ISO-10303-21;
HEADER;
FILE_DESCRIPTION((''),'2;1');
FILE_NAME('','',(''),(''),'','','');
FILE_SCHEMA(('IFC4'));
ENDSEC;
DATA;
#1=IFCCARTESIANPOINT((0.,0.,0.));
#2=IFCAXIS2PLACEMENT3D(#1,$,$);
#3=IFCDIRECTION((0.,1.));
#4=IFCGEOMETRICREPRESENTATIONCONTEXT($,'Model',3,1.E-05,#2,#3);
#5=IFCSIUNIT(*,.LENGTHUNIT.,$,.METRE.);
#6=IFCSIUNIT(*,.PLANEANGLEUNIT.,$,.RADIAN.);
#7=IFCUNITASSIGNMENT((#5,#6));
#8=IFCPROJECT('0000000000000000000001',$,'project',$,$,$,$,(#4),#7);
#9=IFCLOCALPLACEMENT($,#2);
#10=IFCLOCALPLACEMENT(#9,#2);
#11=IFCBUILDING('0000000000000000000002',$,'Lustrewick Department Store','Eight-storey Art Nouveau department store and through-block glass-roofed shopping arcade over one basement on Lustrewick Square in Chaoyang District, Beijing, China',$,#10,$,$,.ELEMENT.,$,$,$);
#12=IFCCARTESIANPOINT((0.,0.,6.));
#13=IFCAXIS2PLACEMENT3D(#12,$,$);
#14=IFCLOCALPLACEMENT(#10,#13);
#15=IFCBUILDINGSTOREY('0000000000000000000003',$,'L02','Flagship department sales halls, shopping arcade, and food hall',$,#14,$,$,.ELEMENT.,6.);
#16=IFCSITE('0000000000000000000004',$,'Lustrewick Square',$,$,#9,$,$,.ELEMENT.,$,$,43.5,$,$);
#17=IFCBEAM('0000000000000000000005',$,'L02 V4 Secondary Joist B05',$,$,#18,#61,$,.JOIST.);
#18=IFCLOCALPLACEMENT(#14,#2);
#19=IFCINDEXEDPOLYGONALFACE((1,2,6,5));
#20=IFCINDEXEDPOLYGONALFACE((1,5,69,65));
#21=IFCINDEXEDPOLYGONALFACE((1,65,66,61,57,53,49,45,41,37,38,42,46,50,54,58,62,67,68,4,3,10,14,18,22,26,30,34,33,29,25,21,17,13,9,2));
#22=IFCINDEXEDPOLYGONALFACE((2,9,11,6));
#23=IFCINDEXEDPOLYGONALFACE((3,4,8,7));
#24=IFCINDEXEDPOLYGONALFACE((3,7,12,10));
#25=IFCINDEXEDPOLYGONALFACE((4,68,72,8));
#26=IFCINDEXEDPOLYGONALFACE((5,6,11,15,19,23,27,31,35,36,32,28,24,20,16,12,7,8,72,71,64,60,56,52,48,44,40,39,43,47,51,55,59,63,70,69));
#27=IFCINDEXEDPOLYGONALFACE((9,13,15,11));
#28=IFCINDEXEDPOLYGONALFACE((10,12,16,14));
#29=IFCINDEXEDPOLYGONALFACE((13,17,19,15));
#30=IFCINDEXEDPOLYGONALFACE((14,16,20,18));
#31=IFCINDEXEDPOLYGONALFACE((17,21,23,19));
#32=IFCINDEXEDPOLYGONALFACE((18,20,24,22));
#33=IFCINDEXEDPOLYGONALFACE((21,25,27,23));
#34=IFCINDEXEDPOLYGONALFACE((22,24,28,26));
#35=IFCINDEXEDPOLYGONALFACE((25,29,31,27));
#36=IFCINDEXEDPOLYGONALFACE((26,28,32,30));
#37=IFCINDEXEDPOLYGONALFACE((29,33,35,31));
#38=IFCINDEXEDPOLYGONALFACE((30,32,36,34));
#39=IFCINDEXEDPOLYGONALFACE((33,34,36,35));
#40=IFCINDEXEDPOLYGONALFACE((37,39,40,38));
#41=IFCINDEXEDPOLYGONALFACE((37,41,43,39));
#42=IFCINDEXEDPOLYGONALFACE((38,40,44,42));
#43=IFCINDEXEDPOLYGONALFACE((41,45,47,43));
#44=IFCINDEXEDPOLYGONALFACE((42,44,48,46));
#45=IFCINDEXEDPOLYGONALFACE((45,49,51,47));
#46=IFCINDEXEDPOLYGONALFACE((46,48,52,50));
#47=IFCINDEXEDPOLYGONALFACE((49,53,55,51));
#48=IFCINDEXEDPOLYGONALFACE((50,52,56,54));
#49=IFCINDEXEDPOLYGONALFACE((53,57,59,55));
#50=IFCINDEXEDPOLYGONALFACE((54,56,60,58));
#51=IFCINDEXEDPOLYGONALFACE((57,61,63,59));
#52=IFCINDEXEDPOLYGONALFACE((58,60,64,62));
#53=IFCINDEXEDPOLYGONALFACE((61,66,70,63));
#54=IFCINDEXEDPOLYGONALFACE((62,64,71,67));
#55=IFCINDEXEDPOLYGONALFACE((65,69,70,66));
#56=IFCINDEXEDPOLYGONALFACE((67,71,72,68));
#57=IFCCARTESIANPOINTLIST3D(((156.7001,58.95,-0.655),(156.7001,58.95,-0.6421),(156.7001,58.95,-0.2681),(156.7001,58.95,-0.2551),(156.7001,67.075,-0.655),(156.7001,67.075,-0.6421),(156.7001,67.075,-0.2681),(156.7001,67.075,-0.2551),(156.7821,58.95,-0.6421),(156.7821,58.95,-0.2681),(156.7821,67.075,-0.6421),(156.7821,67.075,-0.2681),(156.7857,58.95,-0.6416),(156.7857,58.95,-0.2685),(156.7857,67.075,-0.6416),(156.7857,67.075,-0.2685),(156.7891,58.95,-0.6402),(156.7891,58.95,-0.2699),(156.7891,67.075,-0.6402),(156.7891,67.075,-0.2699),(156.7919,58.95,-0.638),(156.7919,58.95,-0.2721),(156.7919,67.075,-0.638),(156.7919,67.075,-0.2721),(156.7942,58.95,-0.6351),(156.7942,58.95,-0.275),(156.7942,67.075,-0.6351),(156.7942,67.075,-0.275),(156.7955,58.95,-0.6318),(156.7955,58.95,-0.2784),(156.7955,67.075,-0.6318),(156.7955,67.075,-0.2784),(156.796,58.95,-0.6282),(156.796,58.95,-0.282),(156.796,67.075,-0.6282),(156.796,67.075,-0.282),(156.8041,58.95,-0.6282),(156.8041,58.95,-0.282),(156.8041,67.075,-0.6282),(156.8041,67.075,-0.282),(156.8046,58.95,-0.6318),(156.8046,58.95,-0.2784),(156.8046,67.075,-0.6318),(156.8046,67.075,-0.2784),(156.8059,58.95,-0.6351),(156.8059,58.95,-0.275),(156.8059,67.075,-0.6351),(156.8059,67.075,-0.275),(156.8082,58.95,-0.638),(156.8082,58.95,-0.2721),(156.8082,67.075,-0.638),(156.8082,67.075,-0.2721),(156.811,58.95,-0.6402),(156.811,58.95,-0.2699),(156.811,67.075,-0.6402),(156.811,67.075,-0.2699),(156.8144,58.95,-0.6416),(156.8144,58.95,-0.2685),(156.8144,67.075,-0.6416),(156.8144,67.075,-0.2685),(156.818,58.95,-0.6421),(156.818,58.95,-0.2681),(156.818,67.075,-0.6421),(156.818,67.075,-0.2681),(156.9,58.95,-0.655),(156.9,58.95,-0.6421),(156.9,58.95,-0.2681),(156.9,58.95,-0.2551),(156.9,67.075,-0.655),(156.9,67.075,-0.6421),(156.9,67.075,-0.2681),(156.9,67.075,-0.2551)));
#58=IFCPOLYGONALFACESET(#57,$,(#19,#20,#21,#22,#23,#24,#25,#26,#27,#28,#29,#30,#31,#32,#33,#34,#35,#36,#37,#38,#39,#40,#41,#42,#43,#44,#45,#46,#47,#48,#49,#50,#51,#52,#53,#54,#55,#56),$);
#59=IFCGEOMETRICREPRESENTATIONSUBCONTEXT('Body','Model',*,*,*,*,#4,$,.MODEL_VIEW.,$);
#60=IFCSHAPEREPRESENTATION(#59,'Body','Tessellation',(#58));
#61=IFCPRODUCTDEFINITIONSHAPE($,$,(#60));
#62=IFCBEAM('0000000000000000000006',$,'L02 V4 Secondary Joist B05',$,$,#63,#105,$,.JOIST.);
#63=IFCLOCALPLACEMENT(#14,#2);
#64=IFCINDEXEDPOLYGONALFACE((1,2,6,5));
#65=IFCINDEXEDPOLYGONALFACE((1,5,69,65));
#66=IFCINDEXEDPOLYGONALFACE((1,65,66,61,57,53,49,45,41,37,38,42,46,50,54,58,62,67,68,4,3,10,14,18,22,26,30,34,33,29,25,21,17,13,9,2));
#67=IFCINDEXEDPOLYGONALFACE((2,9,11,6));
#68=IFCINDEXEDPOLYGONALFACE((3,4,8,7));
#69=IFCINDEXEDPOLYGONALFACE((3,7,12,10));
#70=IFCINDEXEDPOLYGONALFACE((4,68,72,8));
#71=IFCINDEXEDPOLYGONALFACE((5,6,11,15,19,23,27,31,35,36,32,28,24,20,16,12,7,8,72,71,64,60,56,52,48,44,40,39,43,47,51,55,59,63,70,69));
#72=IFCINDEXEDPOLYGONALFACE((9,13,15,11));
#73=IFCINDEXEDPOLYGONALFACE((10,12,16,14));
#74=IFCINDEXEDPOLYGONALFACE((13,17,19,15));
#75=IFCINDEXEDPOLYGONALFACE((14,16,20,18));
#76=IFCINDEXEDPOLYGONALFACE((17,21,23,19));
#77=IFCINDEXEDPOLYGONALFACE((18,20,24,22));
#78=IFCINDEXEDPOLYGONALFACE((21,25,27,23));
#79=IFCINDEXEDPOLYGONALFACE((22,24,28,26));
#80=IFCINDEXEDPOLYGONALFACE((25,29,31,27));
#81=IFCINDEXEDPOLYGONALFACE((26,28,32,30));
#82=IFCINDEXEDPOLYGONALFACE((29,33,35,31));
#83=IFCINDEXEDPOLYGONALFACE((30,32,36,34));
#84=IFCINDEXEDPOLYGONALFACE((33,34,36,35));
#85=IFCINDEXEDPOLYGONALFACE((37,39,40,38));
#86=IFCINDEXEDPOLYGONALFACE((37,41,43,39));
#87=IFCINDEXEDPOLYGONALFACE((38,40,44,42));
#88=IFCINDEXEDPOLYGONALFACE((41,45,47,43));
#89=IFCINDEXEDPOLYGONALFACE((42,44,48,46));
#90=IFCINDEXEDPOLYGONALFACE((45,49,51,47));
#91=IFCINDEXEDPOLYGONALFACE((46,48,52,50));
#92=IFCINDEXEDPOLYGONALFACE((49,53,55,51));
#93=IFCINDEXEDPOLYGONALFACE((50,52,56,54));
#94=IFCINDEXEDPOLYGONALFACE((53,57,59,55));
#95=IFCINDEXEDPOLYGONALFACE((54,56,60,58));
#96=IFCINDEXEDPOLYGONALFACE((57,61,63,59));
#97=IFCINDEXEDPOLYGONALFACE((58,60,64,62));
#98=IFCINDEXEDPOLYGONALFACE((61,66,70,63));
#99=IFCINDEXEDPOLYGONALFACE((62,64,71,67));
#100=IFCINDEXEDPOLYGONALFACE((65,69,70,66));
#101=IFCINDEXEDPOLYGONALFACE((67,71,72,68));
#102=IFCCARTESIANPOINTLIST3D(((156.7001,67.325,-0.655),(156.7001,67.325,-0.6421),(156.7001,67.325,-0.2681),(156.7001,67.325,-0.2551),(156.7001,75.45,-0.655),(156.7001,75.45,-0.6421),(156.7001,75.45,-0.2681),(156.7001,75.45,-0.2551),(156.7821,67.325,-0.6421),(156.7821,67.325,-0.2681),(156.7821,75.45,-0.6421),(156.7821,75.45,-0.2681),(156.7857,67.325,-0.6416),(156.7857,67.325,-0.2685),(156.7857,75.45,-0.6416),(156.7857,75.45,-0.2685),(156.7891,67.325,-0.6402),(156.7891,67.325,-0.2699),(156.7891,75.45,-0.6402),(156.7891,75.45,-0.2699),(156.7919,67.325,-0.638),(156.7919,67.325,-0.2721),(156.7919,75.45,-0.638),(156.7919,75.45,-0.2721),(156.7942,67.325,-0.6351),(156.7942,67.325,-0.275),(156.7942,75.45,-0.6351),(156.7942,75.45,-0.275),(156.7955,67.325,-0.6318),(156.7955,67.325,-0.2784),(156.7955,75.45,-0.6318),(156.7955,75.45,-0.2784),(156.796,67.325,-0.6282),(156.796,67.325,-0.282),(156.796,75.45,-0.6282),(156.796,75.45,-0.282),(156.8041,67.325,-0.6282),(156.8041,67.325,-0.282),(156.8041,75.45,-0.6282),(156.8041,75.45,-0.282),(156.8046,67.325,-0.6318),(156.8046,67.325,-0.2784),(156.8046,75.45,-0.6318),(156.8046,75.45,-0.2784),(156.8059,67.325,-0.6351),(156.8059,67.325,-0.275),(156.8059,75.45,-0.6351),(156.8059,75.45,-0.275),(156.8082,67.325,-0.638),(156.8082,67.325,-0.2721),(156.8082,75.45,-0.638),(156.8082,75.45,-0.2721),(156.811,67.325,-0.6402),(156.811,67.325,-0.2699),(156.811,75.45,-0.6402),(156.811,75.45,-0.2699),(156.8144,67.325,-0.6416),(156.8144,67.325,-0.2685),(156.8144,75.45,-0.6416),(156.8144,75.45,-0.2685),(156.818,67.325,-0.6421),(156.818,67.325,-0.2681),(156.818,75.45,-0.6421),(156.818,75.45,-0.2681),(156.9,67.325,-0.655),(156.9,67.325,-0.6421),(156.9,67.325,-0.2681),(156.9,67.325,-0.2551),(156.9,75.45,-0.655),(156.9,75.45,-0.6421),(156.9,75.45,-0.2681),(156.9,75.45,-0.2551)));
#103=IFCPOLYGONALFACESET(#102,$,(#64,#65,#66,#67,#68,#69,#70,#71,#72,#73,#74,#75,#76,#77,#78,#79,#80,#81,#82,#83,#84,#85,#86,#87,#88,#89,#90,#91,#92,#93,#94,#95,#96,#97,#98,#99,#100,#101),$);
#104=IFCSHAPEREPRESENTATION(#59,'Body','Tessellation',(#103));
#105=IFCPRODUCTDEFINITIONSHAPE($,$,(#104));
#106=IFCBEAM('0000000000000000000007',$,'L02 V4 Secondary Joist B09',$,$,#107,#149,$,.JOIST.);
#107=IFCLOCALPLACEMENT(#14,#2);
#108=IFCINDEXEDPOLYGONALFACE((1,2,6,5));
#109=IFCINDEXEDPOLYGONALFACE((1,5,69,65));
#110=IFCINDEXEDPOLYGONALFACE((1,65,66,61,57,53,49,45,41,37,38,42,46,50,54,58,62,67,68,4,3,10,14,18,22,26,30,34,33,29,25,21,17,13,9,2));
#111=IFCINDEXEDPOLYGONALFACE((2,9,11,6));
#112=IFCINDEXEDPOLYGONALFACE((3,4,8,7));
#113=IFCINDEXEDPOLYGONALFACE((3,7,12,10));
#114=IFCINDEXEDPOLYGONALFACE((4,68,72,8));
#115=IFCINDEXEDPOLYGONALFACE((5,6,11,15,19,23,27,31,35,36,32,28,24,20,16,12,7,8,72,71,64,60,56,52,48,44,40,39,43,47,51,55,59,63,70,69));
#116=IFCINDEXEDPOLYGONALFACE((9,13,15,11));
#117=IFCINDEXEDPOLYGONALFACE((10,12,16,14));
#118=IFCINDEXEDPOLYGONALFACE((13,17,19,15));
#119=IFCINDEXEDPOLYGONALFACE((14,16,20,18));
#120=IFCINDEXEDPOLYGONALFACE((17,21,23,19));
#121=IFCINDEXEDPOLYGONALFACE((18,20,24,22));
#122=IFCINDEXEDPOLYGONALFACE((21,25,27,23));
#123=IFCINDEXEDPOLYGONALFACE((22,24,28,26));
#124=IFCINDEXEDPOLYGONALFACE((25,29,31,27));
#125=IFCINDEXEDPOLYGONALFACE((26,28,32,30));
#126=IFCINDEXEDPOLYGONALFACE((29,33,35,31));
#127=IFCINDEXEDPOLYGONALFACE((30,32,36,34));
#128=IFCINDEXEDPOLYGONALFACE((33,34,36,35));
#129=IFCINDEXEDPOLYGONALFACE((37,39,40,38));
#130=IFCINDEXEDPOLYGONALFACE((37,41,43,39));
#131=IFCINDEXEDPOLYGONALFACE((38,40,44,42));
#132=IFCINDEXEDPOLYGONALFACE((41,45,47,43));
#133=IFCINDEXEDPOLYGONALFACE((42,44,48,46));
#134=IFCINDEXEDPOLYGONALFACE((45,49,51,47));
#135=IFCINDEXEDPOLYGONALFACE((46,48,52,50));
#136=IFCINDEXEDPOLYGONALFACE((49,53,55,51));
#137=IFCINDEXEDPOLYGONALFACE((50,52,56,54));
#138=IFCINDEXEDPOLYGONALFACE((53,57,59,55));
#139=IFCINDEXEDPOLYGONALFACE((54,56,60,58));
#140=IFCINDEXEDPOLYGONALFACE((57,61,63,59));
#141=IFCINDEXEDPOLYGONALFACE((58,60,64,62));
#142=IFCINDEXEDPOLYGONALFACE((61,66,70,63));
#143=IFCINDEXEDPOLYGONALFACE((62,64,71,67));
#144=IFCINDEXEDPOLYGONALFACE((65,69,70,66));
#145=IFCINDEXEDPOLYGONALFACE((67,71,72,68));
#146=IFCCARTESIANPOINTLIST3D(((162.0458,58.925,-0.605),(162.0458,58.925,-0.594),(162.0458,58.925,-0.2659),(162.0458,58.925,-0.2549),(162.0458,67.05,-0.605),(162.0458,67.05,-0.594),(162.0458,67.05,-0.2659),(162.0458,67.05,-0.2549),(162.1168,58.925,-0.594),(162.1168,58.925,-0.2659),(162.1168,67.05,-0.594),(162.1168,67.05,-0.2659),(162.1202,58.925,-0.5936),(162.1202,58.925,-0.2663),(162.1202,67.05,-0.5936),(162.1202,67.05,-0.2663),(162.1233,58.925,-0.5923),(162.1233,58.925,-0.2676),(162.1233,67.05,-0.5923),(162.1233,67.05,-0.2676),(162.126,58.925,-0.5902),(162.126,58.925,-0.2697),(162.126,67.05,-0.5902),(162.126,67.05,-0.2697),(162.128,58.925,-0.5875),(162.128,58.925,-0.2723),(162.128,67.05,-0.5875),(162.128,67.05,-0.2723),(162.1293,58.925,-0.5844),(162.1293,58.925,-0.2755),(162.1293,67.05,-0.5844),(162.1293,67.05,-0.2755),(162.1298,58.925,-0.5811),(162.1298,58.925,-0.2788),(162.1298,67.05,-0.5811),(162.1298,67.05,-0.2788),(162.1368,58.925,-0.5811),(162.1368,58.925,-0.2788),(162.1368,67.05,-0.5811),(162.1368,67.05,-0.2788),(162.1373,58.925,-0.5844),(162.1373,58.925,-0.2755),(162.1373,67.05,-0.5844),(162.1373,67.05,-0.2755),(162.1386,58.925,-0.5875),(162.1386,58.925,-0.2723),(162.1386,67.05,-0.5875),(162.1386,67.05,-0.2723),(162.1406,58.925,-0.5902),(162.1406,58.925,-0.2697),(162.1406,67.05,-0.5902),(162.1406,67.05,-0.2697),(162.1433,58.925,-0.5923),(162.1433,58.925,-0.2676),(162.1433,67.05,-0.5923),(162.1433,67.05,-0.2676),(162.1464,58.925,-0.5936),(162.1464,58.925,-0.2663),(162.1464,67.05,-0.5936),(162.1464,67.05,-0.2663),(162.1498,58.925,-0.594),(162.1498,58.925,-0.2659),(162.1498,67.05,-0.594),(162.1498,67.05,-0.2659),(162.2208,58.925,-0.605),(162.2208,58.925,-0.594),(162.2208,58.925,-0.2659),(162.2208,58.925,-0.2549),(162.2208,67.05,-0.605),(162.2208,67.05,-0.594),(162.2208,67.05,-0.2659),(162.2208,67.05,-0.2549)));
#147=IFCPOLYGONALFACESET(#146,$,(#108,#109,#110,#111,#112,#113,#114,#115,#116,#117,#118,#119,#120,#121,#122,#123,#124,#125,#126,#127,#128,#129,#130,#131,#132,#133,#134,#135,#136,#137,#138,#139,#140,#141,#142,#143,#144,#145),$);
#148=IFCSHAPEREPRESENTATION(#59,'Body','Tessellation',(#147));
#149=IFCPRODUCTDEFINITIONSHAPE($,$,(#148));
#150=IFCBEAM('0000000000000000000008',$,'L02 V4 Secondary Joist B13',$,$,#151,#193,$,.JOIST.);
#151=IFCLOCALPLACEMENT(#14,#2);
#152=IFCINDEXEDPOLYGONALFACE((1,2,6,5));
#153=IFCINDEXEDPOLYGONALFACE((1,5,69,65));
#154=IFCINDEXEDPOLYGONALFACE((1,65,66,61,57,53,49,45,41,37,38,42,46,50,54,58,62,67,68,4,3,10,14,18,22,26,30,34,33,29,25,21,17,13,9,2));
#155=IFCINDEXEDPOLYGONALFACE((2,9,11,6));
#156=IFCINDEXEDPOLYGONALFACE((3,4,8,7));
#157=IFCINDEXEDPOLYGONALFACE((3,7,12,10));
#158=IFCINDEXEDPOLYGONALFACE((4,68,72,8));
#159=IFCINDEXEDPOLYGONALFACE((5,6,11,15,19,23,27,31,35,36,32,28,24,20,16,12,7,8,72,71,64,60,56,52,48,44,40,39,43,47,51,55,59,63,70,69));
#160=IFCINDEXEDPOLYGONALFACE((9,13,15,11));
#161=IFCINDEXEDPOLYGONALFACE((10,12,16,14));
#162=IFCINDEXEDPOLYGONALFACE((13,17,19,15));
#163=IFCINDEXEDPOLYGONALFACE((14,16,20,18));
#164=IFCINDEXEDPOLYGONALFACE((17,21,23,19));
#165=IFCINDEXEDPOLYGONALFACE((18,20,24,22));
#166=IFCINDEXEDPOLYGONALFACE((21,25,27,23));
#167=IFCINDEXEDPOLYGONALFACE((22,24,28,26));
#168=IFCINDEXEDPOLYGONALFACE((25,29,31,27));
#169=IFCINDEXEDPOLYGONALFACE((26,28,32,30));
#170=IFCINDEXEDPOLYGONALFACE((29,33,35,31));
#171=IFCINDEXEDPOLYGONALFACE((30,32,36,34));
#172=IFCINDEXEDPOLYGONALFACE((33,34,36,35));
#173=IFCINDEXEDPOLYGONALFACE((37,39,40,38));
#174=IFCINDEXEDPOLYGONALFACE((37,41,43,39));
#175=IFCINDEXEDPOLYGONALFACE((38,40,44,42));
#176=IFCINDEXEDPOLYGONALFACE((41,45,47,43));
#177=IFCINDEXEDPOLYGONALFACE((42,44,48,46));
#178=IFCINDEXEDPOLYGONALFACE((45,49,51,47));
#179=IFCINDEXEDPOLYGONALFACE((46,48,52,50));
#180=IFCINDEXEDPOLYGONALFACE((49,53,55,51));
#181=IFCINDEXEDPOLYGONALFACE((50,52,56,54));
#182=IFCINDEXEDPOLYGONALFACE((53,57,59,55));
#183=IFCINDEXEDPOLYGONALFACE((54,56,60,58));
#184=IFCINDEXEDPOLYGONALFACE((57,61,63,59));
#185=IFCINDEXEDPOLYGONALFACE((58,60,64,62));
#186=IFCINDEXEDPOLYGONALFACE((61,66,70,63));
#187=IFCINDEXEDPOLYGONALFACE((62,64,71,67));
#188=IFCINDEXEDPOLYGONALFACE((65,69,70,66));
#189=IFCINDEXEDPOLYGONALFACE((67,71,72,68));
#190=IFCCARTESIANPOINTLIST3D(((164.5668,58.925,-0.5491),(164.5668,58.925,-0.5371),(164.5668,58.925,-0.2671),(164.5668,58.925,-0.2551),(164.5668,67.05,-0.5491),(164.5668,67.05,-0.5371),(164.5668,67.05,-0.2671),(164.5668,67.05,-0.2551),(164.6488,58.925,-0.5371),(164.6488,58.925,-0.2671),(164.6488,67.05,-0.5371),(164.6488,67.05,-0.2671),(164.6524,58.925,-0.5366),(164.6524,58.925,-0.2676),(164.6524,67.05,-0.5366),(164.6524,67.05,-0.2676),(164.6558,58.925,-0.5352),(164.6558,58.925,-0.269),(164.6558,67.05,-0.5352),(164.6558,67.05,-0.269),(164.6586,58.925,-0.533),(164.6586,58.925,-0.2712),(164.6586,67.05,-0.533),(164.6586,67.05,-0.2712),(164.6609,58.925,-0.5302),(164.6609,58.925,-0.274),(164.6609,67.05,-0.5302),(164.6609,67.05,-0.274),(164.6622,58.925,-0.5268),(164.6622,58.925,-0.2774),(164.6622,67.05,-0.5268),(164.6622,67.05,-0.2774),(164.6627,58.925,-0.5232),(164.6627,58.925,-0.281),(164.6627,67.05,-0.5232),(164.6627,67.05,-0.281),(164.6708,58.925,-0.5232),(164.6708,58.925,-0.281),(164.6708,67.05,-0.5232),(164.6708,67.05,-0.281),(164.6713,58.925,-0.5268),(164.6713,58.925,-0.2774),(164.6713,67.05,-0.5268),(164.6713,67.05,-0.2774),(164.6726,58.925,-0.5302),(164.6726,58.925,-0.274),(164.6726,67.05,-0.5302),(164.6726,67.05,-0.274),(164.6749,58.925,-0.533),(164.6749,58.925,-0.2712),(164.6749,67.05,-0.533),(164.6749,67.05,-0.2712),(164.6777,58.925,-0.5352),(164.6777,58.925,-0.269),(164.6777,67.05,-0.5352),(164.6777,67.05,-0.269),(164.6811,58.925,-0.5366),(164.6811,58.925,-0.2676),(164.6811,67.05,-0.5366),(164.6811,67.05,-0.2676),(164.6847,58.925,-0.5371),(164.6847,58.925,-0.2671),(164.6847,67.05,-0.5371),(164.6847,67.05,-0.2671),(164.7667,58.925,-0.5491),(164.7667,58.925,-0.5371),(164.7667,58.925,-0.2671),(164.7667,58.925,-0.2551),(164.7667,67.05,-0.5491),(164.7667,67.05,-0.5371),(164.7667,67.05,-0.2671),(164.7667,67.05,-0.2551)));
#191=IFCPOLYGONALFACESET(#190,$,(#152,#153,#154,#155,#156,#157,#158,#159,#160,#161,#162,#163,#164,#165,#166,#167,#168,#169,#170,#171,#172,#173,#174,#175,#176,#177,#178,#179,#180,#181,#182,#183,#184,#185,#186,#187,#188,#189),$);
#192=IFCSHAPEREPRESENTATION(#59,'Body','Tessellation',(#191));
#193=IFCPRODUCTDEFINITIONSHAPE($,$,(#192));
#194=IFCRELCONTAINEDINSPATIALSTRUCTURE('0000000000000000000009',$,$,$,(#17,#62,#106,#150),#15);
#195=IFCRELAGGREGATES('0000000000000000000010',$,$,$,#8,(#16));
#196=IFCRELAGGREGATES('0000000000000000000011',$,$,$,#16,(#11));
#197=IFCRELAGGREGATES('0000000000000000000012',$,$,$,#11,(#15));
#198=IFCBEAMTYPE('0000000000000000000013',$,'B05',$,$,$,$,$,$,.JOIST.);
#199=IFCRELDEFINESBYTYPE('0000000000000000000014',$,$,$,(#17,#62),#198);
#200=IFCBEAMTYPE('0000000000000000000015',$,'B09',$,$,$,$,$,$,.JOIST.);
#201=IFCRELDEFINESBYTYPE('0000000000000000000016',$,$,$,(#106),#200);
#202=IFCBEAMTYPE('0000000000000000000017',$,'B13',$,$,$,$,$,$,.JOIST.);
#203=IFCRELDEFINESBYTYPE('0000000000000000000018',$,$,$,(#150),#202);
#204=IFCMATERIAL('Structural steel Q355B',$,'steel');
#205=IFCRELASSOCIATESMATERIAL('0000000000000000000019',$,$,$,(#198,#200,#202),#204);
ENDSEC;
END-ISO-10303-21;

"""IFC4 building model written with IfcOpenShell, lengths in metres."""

from ifc_helpers import new_model, si_unit, direction, frame, origin, origin_2d, place, context, subcontext, project, spatial, i_section, extrude, material, material_profile, profile_set, type_object, element, save


model = new_model("IFC4")

# Units and contexts
model_context = context("Model", 3, precision=1e-05, world=origin(), true_north=direction((0.0, 1.0)))
body_context = subcontext(model_context, "Body", "Model", "MODEL_VIEW")
ifc_project = project(units=[si_unit("LENGTHUNIT", "METRE"), si_unit("PLANEANGLEUNIT", "RADIAN")], contexts=[model_context])

# Site, building, storey
site_placement = place(None, origin())
site = spatial("IfcSite", under=ifc_project, at=site_placement, Name="Lustrewick Square", CompositionType="ELEMENT", RefElevation=43.5)
building_placement = place(site_placement, origin())
building = spatial("IfcBuilding", under=site, at=building_placement, Name="Lustrewick Department Store", Description="Eight-storey Art Nouveau department store and through-block glass-roofed shopping arcade over one basement on Lustrewick Square in Chaoyang District, Beijing, China", CompositionType="ELEMENT")
storey_placement = place(building_placement, frame((0.0, 0.0, 6.0)))
storey = spatial("IfcBuildingStorey", under=building, at=storey_placement, Name="L02", Description="Flagship department sales halls, shopping arcade, and food hall", CompositionType="ELEMENT", Elevation=6.0)

# Beams
ifc_material_1 = material(Name="Structural steel Q355B", Category="steel")
ifc_material_profile_1 = material_profile(ifc_material_1, i_section(OverallWidth=0.2, OverallDepth=0.3999, WebThickness=0.0081, FlangeThickness=0.0129, FilletRadius=0.0139, at=origin_2d()), Name="HN 400x200x8x13")
ifc_profile_set_1 = profile_set([ifc_material_profile_1], Name="Structural steel Q355B")
beam_type_1 = type_object("IfcBeamType", Name="B05", PredefinedType="JOIST", material=ifc_profile_set_1)
for number, where, z_axis, x_axis, name in (
    (1, (156.8, 58.95, -0.4551), (0.0, 1.0, 0.0), (-1.0, 0.0, 0.0), "L02 V4 Secondary Joist B05"),
    (2, (156.8, 67.325, -0.4551), (0.0, 1.0, 0.0), (-1.0, 0.0, 0.0), "L02 V4 Secondary Joist B05"),
):
    element("IfcBeam", number, at=place(storey_placement, frame(where, z_axis=z_axis, x_axis=x_axis)), inside=storey, type_object=beam_type_1, Name=name, PredefinedType="JOIST", context=body_context, shape_type="SweptSolid", body=[
        extrude(i_section(OverallWidth=0.2, OverallDepth=0.3999, WebThickness=0.0081, FlangeThickness=0.0129, FilletRadius=0.0139, at=origin_2d()), origin(), (0.0, 0.0, 1.0), 8.125),
    ])
ifc_material_profile_2 = material_profile(ifc_material_1, i_section(OverallWidth=0.175, OverallDepth=0.3501, WebThickness=0.0071, FlangeThickness=0.011, FilletRadius=0.0129, at=origin_2d()), Name="HN 350x175x7x11")
ifc_profile_set_2 = profile_set([ifc_material_profile_2], Name="Structural steel Q355B")
beam_type_2 = type_object("IfcBeamType", Name="B09", PredefinedType="JOIST", material=ifc_profile_set_2)
beam_1_placement = place(storey_placement, frame((162.1333, 58.925, -0.4299), z_axis=(0.0, 1.0, 0.0), x_axis=(-1.0, 0.0, 0.0)))
element("IfcBeam", 3, at=beam_1_placement, inside=storey, type_object=beam_type_2, Name="L02 V4 Secondary Joist B09", PredefinedType="JOIST", context=body_context, shape_type="SweptSolid", body=[
    extrude(i_section(OverallWidth=0.175, OverallDepth=0.3501, WebThickness=0.0071, FlangeThickness=0.011, FilletRadius=0.0129, at=origin_2d()), origin(), (0.0, 0.0, 1.0), 8.125),
])
ifc_material_profile_3 = material_profile(ifc_material_1, i_section(OverallWidth=0.2, OverallDepth=0.2939, WebThickness=0.0081, FlangeThickness=0.012, FilletRadius=0.0139, at=origin_2d()), Name="HM 294x200x8x12")
ifc_profile_set_3 = profile_set([ifc_material_profile_3], Name="Structural steel Q355B")
beam_type_3 = type_object("IfcBeamType", Name="B13", PredefinedType="JOIST", material=ifc_profile_set_3)
beam_2_placement = place(storey_placement, frame((164.6667, 58.925, -0.4021), z_axis=(0.0, 1.0, 0.0), x_axis=(-1.0, 0.0, 0.0)))
element("IfcBeam", 4, at=beam_2_placement, inside=storey, type_object=beam_type_3, Name="L02 V4 Secondary Joist B13", PredefinedType="JOIST", context=body_context, shape_type="SweptSolid", body=[
    extrude(i_section(OverallWidth=0.2, OverallDepth=0.2939, WebThickness=0.0081, FlangeThickness=0.012, FilletRadius=0.0139, at=origin_2d()), origin(), (0.0, 0.0, 1.0), 8.125),
])

save(model, "model.ifc")
